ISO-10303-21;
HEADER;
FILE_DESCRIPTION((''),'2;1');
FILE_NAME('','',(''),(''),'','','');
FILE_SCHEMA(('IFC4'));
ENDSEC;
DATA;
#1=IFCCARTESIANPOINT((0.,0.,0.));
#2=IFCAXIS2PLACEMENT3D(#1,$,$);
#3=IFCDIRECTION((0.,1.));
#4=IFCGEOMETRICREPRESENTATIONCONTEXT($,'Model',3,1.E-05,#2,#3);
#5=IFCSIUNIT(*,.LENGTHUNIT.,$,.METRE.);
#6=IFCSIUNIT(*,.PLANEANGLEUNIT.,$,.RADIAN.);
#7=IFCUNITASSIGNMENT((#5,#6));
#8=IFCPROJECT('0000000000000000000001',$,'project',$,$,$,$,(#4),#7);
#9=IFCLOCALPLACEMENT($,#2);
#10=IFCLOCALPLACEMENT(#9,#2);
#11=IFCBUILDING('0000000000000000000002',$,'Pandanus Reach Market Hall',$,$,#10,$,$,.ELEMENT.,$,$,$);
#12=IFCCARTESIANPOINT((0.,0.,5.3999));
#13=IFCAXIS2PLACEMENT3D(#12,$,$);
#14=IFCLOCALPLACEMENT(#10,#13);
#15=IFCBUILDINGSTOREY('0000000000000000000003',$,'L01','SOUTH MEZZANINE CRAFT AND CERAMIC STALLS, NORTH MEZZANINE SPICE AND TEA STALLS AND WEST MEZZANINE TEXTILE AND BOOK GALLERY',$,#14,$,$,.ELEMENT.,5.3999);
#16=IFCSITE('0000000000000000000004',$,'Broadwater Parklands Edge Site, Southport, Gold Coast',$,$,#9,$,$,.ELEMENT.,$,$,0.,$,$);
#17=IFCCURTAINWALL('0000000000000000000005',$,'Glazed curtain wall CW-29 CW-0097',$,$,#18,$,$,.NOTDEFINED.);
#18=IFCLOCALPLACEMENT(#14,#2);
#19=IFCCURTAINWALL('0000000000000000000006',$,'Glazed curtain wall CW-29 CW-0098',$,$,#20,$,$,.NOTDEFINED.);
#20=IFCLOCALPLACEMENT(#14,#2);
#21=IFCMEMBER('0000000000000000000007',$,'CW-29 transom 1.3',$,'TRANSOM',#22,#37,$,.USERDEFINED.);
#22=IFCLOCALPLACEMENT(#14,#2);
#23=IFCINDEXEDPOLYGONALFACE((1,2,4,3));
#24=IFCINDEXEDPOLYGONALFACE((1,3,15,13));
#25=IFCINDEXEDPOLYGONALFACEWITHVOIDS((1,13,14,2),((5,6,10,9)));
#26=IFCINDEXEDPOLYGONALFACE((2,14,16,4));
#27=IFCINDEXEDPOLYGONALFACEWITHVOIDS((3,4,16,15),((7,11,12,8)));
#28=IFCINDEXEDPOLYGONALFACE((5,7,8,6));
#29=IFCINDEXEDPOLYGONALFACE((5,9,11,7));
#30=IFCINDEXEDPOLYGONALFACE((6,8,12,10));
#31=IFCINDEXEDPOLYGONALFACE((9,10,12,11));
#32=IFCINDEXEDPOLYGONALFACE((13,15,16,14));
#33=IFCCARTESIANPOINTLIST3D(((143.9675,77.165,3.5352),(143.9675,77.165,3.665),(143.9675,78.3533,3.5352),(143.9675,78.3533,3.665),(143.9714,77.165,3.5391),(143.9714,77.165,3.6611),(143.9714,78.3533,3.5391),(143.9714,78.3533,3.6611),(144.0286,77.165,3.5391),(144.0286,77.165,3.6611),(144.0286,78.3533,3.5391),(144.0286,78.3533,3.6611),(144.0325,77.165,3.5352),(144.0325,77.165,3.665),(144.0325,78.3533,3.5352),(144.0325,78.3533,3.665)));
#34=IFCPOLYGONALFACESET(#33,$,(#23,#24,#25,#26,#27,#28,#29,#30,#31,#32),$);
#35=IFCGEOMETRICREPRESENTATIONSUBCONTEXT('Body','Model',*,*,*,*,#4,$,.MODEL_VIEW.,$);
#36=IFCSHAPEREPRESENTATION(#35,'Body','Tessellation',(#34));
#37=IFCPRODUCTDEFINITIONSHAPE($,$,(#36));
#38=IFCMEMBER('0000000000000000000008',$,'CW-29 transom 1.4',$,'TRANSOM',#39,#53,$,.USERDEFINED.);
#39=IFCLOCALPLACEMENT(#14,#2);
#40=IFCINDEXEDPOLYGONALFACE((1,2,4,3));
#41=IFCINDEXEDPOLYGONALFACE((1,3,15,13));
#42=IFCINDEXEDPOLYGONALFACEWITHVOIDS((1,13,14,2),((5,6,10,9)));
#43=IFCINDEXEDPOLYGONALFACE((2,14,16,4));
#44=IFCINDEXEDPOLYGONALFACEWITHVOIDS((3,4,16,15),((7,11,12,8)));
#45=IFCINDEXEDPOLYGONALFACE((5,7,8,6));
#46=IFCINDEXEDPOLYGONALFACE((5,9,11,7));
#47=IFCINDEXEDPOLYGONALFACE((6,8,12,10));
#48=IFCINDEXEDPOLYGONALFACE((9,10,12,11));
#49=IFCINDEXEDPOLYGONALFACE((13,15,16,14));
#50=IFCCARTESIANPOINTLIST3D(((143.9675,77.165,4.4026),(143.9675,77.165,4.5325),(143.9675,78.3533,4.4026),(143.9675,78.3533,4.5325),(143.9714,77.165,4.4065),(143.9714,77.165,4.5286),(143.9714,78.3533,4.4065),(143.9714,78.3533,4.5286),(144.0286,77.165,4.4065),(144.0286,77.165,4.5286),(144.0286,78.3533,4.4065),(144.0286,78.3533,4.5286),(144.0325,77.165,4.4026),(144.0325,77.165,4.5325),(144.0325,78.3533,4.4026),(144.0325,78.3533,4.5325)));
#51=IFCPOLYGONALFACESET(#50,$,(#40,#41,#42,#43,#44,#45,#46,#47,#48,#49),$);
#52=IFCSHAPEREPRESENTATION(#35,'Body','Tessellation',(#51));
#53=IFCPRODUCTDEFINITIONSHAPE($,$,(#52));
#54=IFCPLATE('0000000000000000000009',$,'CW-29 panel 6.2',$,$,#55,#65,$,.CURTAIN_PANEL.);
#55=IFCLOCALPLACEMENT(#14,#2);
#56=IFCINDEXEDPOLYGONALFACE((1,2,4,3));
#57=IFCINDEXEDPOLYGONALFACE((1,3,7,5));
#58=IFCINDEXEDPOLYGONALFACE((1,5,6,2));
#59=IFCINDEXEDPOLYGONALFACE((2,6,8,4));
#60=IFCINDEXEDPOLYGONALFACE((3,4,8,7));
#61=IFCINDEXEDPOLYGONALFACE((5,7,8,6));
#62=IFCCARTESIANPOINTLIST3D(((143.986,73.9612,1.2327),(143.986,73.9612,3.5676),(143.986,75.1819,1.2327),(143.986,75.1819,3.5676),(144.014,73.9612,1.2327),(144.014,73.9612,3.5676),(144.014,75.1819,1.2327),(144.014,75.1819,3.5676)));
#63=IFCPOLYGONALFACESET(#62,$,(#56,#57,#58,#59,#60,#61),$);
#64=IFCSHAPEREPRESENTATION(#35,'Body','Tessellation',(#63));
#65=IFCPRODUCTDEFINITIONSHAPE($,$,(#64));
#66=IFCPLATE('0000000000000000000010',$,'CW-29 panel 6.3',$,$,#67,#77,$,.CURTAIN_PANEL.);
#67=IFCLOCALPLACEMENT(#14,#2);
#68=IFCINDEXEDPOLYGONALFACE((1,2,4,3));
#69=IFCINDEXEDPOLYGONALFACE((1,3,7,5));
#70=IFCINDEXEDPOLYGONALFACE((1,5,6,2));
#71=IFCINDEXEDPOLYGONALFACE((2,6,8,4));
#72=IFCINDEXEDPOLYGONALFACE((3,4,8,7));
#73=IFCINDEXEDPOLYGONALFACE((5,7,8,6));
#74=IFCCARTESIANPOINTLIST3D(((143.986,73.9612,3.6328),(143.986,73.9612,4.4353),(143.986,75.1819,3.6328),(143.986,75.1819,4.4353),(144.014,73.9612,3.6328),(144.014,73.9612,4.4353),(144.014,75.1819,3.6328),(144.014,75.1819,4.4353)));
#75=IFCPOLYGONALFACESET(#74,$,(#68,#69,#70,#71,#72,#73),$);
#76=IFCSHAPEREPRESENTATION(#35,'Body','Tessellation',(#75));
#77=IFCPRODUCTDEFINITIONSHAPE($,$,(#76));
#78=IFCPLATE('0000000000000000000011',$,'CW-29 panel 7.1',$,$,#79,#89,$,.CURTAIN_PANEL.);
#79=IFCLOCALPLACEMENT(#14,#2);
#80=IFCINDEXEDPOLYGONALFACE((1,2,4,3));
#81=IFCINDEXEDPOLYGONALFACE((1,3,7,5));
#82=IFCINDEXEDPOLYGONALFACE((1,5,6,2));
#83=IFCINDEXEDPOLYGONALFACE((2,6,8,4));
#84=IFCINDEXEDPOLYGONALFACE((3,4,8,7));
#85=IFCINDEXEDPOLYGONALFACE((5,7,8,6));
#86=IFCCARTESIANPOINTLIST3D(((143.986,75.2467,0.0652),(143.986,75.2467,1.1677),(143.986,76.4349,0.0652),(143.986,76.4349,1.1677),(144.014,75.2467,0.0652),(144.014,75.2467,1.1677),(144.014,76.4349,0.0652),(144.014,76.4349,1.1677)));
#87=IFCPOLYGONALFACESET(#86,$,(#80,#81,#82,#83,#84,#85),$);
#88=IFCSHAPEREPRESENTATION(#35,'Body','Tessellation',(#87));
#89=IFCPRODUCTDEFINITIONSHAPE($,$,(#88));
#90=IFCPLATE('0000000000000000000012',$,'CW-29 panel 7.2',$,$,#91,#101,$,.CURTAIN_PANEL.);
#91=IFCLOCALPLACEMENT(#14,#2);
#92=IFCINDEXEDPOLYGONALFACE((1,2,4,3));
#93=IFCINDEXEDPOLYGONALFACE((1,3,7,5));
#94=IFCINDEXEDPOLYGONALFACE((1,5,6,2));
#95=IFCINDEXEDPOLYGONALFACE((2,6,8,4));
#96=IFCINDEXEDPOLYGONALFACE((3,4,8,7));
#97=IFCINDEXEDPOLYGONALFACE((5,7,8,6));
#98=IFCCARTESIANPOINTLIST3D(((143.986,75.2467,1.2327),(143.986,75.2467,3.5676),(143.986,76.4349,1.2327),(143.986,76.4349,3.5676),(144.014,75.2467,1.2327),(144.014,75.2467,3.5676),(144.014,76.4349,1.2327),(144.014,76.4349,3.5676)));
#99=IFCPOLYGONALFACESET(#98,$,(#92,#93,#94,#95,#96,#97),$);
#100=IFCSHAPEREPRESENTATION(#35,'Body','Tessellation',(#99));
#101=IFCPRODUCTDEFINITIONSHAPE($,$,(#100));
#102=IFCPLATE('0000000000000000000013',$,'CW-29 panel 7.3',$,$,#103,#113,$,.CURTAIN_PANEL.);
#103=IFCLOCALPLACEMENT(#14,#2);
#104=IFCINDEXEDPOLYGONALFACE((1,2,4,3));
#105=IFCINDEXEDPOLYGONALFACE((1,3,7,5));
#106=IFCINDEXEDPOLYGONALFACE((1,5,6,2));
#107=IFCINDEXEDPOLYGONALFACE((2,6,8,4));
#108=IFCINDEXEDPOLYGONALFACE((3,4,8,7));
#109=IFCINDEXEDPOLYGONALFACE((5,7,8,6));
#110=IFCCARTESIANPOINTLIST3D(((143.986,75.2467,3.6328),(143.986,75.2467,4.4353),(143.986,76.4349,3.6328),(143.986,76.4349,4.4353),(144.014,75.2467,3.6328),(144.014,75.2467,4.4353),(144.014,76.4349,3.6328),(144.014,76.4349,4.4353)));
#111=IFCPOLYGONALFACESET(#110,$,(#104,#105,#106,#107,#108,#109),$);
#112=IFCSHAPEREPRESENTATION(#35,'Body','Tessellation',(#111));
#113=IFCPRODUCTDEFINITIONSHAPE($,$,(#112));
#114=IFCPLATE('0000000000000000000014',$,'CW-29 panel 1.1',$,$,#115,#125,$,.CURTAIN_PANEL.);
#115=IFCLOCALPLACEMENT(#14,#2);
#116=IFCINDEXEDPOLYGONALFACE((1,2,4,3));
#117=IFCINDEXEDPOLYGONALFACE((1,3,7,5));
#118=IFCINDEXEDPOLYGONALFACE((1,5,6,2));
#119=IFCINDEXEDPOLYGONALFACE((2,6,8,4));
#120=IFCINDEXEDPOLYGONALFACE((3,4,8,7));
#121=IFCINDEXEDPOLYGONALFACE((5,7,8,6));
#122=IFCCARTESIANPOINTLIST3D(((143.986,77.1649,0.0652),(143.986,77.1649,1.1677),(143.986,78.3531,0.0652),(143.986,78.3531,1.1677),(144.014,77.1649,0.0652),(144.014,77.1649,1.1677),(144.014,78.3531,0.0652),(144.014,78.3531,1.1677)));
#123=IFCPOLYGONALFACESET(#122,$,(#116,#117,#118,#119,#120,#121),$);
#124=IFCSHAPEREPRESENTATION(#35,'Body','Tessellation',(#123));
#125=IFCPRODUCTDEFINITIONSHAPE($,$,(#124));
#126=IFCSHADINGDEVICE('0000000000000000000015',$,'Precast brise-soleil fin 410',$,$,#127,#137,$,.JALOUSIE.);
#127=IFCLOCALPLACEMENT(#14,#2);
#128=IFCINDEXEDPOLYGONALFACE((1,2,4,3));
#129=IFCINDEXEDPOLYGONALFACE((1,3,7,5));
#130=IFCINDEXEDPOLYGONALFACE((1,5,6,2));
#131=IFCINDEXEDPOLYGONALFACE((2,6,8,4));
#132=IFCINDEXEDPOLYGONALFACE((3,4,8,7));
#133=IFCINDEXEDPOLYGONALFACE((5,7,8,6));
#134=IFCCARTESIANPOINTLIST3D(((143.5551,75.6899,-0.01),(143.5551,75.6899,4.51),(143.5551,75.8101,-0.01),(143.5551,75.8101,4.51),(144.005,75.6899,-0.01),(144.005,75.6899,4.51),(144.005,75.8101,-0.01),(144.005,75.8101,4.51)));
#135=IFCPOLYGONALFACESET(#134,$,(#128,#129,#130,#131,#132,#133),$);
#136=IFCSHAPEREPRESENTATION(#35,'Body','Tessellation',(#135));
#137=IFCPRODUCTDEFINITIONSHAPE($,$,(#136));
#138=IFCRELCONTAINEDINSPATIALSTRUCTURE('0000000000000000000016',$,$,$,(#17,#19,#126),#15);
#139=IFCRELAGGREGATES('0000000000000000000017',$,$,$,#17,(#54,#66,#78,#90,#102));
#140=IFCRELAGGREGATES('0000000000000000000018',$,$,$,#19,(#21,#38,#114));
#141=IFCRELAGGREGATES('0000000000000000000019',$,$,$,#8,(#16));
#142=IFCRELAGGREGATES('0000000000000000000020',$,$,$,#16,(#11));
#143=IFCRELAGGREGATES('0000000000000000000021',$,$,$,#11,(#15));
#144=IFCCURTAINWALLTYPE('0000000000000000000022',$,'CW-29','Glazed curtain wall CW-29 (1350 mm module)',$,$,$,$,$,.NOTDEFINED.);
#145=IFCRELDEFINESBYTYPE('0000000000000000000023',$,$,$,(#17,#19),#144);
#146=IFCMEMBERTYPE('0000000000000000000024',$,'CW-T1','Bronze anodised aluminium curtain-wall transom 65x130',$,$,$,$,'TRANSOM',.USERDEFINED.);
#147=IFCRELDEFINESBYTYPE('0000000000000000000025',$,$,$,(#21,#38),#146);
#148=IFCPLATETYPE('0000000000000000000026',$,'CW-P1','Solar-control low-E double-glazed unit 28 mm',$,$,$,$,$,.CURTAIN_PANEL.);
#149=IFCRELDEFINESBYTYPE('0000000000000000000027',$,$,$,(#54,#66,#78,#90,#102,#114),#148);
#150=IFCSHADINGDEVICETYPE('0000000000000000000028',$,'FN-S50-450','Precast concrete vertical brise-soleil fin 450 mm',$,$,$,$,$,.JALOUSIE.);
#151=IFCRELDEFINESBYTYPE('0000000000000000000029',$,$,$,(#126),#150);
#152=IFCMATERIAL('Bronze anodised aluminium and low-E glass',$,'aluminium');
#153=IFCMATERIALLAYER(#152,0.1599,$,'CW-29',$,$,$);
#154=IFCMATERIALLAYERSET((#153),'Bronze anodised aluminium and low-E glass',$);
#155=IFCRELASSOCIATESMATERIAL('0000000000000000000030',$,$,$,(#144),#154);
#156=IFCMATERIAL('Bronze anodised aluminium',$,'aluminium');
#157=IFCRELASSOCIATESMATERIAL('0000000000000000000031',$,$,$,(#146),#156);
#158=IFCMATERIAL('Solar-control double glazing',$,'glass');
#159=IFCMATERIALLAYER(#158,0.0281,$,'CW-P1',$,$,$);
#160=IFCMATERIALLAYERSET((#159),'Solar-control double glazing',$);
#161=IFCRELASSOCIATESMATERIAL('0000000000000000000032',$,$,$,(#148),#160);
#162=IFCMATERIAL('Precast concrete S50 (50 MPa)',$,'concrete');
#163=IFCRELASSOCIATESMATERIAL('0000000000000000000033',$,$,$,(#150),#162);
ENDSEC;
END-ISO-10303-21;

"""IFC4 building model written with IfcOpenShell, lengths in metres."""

from ifc_helpers import new_model, si_unit, direction, frame, origin, origin_2d, place, context, subcontext, project, spatial, rectangle, hollow_rectangle, extrude, material, layer, layer_set, material_profile, profile_set, type_object, element, aggregate, save


model = new_model("IFC4")

# Units and contexts
model_context = context("Model", 3, precision=1e-05, world=origin(), true_north=direction((0.0, 1.0)))
body_context = subcontext(model_context, "Body", "Model", "MODEL_VIEW")
ifc_project = project(units=[si_unit("LENGTHUNIT", "METRE"), si_unit("PLANEANGLEUNIT", "RADIAN")], contexts=[model_context])

# Site, building, storey
site_placement = place(None, origin())
site = spatial("IfcSite", under=ifc_project, at=site_placement, Name="Broadwater Parklands Edge Site, Southport, Gold Coast", CompositionType="ELEMENT", RefElevation=0.0)
building_placement = place(site_placement, origin())
building = spatial("IfcBuilding", under=site, at=building_placement, Name="Pandanus Reach Market Hall", CompositionType="ELEMENT")
storey_placement = place(building_placement, frame((0.0, 0.0, 5.3999)))
storey = spatial("IfcBuildingStorey", under=building, at=storey_placement, Name="L01", Description="SOUTH MEZZANINE CRAFT AND CERAMIC STALLS, NORTH MEZZANINE SPICE AND TEA STALLS AND WEST MEZZANINE TEXTILE AND BOOK GALLERY", CompositionType="ELEMENT", Elevation=5.3999)

# Curtain wall
ifc_material_1 = material(Name="Bronze anodised aluminium and low-E glass", Category="aluminium")
ifc_layer_1 = layer(ifc_material_1, 0.1599, Name="CW-29")
ifc_layer_set_1 = layer_set([ifc_layer_1], Name="Bronze anodised aluminium and low-E glass")
curtain_wall_type = type_object("IfcCurtainWallType", Name="CW-29", Description="Glazed curtain wall CW-29 (1350 mm module)", PredefinedType="NOTDEFINED", material=ifc_layer_set_1)
curtain_wall_1_placement = place(storey_placement, origin())
curtain_wall_1 = element("IfcCurtainWall", 1, at=curtain_wall_1_placement, inside=storey, type_object=curtain_wall_type, Name="Glazed curtain wall CW-29 CW-0097", PredefinedType="NOTDEFINED")
ifc_material_2 = material(Name="Bronze anodised aluminium", Category="aluminium")

# Curtain wall
curtain_wall_2_placement = place(storey_placement, origin())
curtain_wall_2 = element("IfcCurtainWall", 2, at=curtain_wall_2_placement, inside=storey, type_object=curtain_wall_type, Name="Glazed curtain wall CW-29 CW-0098", PredefinedType="NOTDEFINED")

# Members
ifc_material_profile_1 = material_profile(ifc_material_2, hollow_rectangle(XDim=0.0649, YDim=0.1299, WallThickness=0.0039, at=origin_2d()), Name="ALU65x130", Category="LoadBearing")
ifc_profile_set_1 = profile_set([ifc_material_profile_1], Name="Bronze anodised aluminium")
member_type_1 = type_object("IfcMemberType", Name="CW-T1", Description="Bronze anodised aluminium curtain-wall transom 65x130", ElementType="TRANSOM", PredefinedType="USERDEFINED", material=ifc_profile_set_1)
member_1_placement = place(storey_placement, frame((144.0, 77.165, 3.6001), z_axis=(0.0, 1.0, 0.0), x_axis=(-1.0, 0.0, 0.0)))
member_1 = element("IfcMember", 3, at=member_1_placement, type_object=member_type_1, Name="CW-29 transom 1.3", ObjectType="TRANSOM", PredefinedType="USERDEFINED", context=body_context, shape_type="SweptSolid", body=[
    extrude(hollow_rectangle(XDim=0.0649, YDim=0.1299, WallThickness=0.0039, at=origin_2d()), origin(), (0.0, 0.0, 1.0), 1.1882),
])
member_2_placement = place(storey_placement, frame((144.0, 77.165, 4.4675), z_axis=(0.0, 1.0, 0.0), x_axis=(-1.0, 0.0, 0.0)))
member_2 = element("IfcMember", 4, at=member_2_placement, type_object=member_type_1, Name="CW-29 transom 1.4", ObjectType="TRANSOM", PredefinedType="USERDEFINED", context=body_context, shape_type="SweptSolid", body=[
    extrude(hollow_rectangle(XDim=0.0649, YDim=0.1299, WallThickness=0.0039, at=origin_2d()), origin(), (0.0, 0.0, 1.0), 1.1882),
])

# Plates
ifc_material_3 = material(Name="Solar-control double glazing", Category="glass")
ifc_layer_2 = layer(ifc_material_3, 0.0281, Name="CW-P1")
ifc_layer_set_2 = layer_set([ifc_layer_2], Name="Solar-control double glazing")
plate_type = type_object("IfcPlateType", Name="CW-P1", Description="Solar-control low-E double-glazed unit 28 mm", PredefinedType="CURTAIN_PANEL", material=ifc_layer_set_2)
plate_1_placement = place(storey_placement, frame((144.0, 74.5715, 1.2327), z_axis=(0.0, 0.0, 1.0), x_axis=(0.0, 1.0, 0.0)))
plate_1 = element("IfcPlate", 5, at=plate_1_placement, type_object=plate_type, Name="CW-29 panel 6.2", PredefinedType="CURTAIN_PANEL", context=body_context, shape_type="SweptSolid", body=[
    extrude(rectangle(XDim=1.2207, YDim=0.0281, at=origin_2d()), origin(), (0.0, 0.0, 1.0), 2.335),
])
plate_2_placement = place(storey_placement, frame((144.0, 74.5715, 3.6328), z_axis=(0.0, 0.0, 1.0), x_axis=(0.0, 1.0, 0.0)))
plate_2 = element("IfcPlate", 6, at=plate_2_placement, type_object=plate_type, Name="CW-29 panel 6.3", PredefinedType="CURTAIN_PANEL", context=body_context, shape_type="SweptSolid", body=[
    extrude(rectangle(XDim=1.2207, YDim=0.0281, at=origin_2d()), origin(), (0.0, 0.0, 1.0), 0.8025),
])
plate_3_placement = place(storey_placement, frame((144.0, 75.8408, 0.0652), z_axis=(0.0, 0.0, 1.0), x_axis=(0.0, 1.0, 0.0)))
plate_3 = element("IfcPlate", 7, at=plate_3_placement, type_object=plate_type, Name="CW-29 panel 7.1", PredefinedType="CURTAIN_PANEL", context=body_context, shape_type="SweptSolid", body=[
    extrude(rectangle(XDim=1.1882, YDim=0.0281, at=origin_2d()), origin(), (0.0, 0.0, 1.0), 1.1025),
])
plate_4_placement = place(storey_placement, frame((144.0, 75.8408, 1.2327), z_axis=(0.0, 0.0, 1.0), x_axis=(0.0, 1.0, 0.0)))
plate_4 = element("IfcPlate", 8, at=plate_4_placement, type_object=plate_type, Name="CW-29 panel 7.2", PredefinedType="CURTAIN_PANEL", context=body_context, shape_type="SweptSolid", body=[
    extrude(rectangle(XDim=1.1882, YDim=0.0281, at=origin_2d()), origin(), (0.0, 0.0, 1.0), 2.335),
])
plate_5_placement = place(storey_placement, frame((144.0, 75.8408, 3.6328), z_axis=(0.0, 0.0, 1.0), x_axis=(0.0, 1.0, 0.0)))
plate_5 = element("IfcPlate", 9, at=plate_5_placement, type_object=plate_type, Name="CW-29 panel 7.3", PredefinedType="CURTAIN_PANEL", context=body_context, shape_type="SweptSolid", body=[
    extrude(rectangle(XDim=1.1882, YDim=0.0281, at=origin_2d()), origin(), (0.0, 0.0, 1.0), 0.8025),
])
aggregate(curtain_wall_1, [plate_1, plate_2, plate_3, plate_4, plate_5])
plate_6_placement = place(storey_placement, frame((144.0, 77.759, 0.0652), z_axis=(0.0, 0.0, 1.0), x_axis=(0.0, 1.0, 0.0)))
plate_6 = element("IfcPlate", 10, at=plate_6_placement, type_object=plate_type, Name="CW-29 panel 1.1", PredefinedType="CURTAIN_PANEL", context=body_context, shape_type="SweptSolid", body=[
    extrude(rectangle(XDim=1.1882, YDim=0.0281, at=origin_2d()), origin(), (0.0, 0.0, 1.0), 1.1025),
])
aggregate(curtain_wall_2, [member_1, member_2, plate_6])

# Shading device
ifc_material_4 = material(Name="Precast concrete S50 (50 MPa)", Category="concrete")
shading_device_type = type_object("IfcShadingDeviceType", Name="FN-S50-450", Description="Precast concrete vertical brise-soleil fin 450 mm", PredefinedType="JALOUSIE", material=ifc_material_4)
shading_device_placement = place(storey_placement, frame((143.78, 75.75, -0.01), z_axis=(0.0, 0.0, 1.0), x_axis=(-1.0, 0.0, 0.0)))
element("IfcShadingDevice", 11, at=shading_device_placement, inside=storey, type_object=shading_device_type, Name="Precast brise-soleil fin 410", PredefinedType="JALOUSIE", context=body_context, shape_type="SweptSolid", body=[
    extrude(rectangle(XDim=0.45, YDim=0.1201, at=origin_2d()), origin(), (0.0, 0.0, 1.0), 4.52),
])

save(model, "model.ifc")
